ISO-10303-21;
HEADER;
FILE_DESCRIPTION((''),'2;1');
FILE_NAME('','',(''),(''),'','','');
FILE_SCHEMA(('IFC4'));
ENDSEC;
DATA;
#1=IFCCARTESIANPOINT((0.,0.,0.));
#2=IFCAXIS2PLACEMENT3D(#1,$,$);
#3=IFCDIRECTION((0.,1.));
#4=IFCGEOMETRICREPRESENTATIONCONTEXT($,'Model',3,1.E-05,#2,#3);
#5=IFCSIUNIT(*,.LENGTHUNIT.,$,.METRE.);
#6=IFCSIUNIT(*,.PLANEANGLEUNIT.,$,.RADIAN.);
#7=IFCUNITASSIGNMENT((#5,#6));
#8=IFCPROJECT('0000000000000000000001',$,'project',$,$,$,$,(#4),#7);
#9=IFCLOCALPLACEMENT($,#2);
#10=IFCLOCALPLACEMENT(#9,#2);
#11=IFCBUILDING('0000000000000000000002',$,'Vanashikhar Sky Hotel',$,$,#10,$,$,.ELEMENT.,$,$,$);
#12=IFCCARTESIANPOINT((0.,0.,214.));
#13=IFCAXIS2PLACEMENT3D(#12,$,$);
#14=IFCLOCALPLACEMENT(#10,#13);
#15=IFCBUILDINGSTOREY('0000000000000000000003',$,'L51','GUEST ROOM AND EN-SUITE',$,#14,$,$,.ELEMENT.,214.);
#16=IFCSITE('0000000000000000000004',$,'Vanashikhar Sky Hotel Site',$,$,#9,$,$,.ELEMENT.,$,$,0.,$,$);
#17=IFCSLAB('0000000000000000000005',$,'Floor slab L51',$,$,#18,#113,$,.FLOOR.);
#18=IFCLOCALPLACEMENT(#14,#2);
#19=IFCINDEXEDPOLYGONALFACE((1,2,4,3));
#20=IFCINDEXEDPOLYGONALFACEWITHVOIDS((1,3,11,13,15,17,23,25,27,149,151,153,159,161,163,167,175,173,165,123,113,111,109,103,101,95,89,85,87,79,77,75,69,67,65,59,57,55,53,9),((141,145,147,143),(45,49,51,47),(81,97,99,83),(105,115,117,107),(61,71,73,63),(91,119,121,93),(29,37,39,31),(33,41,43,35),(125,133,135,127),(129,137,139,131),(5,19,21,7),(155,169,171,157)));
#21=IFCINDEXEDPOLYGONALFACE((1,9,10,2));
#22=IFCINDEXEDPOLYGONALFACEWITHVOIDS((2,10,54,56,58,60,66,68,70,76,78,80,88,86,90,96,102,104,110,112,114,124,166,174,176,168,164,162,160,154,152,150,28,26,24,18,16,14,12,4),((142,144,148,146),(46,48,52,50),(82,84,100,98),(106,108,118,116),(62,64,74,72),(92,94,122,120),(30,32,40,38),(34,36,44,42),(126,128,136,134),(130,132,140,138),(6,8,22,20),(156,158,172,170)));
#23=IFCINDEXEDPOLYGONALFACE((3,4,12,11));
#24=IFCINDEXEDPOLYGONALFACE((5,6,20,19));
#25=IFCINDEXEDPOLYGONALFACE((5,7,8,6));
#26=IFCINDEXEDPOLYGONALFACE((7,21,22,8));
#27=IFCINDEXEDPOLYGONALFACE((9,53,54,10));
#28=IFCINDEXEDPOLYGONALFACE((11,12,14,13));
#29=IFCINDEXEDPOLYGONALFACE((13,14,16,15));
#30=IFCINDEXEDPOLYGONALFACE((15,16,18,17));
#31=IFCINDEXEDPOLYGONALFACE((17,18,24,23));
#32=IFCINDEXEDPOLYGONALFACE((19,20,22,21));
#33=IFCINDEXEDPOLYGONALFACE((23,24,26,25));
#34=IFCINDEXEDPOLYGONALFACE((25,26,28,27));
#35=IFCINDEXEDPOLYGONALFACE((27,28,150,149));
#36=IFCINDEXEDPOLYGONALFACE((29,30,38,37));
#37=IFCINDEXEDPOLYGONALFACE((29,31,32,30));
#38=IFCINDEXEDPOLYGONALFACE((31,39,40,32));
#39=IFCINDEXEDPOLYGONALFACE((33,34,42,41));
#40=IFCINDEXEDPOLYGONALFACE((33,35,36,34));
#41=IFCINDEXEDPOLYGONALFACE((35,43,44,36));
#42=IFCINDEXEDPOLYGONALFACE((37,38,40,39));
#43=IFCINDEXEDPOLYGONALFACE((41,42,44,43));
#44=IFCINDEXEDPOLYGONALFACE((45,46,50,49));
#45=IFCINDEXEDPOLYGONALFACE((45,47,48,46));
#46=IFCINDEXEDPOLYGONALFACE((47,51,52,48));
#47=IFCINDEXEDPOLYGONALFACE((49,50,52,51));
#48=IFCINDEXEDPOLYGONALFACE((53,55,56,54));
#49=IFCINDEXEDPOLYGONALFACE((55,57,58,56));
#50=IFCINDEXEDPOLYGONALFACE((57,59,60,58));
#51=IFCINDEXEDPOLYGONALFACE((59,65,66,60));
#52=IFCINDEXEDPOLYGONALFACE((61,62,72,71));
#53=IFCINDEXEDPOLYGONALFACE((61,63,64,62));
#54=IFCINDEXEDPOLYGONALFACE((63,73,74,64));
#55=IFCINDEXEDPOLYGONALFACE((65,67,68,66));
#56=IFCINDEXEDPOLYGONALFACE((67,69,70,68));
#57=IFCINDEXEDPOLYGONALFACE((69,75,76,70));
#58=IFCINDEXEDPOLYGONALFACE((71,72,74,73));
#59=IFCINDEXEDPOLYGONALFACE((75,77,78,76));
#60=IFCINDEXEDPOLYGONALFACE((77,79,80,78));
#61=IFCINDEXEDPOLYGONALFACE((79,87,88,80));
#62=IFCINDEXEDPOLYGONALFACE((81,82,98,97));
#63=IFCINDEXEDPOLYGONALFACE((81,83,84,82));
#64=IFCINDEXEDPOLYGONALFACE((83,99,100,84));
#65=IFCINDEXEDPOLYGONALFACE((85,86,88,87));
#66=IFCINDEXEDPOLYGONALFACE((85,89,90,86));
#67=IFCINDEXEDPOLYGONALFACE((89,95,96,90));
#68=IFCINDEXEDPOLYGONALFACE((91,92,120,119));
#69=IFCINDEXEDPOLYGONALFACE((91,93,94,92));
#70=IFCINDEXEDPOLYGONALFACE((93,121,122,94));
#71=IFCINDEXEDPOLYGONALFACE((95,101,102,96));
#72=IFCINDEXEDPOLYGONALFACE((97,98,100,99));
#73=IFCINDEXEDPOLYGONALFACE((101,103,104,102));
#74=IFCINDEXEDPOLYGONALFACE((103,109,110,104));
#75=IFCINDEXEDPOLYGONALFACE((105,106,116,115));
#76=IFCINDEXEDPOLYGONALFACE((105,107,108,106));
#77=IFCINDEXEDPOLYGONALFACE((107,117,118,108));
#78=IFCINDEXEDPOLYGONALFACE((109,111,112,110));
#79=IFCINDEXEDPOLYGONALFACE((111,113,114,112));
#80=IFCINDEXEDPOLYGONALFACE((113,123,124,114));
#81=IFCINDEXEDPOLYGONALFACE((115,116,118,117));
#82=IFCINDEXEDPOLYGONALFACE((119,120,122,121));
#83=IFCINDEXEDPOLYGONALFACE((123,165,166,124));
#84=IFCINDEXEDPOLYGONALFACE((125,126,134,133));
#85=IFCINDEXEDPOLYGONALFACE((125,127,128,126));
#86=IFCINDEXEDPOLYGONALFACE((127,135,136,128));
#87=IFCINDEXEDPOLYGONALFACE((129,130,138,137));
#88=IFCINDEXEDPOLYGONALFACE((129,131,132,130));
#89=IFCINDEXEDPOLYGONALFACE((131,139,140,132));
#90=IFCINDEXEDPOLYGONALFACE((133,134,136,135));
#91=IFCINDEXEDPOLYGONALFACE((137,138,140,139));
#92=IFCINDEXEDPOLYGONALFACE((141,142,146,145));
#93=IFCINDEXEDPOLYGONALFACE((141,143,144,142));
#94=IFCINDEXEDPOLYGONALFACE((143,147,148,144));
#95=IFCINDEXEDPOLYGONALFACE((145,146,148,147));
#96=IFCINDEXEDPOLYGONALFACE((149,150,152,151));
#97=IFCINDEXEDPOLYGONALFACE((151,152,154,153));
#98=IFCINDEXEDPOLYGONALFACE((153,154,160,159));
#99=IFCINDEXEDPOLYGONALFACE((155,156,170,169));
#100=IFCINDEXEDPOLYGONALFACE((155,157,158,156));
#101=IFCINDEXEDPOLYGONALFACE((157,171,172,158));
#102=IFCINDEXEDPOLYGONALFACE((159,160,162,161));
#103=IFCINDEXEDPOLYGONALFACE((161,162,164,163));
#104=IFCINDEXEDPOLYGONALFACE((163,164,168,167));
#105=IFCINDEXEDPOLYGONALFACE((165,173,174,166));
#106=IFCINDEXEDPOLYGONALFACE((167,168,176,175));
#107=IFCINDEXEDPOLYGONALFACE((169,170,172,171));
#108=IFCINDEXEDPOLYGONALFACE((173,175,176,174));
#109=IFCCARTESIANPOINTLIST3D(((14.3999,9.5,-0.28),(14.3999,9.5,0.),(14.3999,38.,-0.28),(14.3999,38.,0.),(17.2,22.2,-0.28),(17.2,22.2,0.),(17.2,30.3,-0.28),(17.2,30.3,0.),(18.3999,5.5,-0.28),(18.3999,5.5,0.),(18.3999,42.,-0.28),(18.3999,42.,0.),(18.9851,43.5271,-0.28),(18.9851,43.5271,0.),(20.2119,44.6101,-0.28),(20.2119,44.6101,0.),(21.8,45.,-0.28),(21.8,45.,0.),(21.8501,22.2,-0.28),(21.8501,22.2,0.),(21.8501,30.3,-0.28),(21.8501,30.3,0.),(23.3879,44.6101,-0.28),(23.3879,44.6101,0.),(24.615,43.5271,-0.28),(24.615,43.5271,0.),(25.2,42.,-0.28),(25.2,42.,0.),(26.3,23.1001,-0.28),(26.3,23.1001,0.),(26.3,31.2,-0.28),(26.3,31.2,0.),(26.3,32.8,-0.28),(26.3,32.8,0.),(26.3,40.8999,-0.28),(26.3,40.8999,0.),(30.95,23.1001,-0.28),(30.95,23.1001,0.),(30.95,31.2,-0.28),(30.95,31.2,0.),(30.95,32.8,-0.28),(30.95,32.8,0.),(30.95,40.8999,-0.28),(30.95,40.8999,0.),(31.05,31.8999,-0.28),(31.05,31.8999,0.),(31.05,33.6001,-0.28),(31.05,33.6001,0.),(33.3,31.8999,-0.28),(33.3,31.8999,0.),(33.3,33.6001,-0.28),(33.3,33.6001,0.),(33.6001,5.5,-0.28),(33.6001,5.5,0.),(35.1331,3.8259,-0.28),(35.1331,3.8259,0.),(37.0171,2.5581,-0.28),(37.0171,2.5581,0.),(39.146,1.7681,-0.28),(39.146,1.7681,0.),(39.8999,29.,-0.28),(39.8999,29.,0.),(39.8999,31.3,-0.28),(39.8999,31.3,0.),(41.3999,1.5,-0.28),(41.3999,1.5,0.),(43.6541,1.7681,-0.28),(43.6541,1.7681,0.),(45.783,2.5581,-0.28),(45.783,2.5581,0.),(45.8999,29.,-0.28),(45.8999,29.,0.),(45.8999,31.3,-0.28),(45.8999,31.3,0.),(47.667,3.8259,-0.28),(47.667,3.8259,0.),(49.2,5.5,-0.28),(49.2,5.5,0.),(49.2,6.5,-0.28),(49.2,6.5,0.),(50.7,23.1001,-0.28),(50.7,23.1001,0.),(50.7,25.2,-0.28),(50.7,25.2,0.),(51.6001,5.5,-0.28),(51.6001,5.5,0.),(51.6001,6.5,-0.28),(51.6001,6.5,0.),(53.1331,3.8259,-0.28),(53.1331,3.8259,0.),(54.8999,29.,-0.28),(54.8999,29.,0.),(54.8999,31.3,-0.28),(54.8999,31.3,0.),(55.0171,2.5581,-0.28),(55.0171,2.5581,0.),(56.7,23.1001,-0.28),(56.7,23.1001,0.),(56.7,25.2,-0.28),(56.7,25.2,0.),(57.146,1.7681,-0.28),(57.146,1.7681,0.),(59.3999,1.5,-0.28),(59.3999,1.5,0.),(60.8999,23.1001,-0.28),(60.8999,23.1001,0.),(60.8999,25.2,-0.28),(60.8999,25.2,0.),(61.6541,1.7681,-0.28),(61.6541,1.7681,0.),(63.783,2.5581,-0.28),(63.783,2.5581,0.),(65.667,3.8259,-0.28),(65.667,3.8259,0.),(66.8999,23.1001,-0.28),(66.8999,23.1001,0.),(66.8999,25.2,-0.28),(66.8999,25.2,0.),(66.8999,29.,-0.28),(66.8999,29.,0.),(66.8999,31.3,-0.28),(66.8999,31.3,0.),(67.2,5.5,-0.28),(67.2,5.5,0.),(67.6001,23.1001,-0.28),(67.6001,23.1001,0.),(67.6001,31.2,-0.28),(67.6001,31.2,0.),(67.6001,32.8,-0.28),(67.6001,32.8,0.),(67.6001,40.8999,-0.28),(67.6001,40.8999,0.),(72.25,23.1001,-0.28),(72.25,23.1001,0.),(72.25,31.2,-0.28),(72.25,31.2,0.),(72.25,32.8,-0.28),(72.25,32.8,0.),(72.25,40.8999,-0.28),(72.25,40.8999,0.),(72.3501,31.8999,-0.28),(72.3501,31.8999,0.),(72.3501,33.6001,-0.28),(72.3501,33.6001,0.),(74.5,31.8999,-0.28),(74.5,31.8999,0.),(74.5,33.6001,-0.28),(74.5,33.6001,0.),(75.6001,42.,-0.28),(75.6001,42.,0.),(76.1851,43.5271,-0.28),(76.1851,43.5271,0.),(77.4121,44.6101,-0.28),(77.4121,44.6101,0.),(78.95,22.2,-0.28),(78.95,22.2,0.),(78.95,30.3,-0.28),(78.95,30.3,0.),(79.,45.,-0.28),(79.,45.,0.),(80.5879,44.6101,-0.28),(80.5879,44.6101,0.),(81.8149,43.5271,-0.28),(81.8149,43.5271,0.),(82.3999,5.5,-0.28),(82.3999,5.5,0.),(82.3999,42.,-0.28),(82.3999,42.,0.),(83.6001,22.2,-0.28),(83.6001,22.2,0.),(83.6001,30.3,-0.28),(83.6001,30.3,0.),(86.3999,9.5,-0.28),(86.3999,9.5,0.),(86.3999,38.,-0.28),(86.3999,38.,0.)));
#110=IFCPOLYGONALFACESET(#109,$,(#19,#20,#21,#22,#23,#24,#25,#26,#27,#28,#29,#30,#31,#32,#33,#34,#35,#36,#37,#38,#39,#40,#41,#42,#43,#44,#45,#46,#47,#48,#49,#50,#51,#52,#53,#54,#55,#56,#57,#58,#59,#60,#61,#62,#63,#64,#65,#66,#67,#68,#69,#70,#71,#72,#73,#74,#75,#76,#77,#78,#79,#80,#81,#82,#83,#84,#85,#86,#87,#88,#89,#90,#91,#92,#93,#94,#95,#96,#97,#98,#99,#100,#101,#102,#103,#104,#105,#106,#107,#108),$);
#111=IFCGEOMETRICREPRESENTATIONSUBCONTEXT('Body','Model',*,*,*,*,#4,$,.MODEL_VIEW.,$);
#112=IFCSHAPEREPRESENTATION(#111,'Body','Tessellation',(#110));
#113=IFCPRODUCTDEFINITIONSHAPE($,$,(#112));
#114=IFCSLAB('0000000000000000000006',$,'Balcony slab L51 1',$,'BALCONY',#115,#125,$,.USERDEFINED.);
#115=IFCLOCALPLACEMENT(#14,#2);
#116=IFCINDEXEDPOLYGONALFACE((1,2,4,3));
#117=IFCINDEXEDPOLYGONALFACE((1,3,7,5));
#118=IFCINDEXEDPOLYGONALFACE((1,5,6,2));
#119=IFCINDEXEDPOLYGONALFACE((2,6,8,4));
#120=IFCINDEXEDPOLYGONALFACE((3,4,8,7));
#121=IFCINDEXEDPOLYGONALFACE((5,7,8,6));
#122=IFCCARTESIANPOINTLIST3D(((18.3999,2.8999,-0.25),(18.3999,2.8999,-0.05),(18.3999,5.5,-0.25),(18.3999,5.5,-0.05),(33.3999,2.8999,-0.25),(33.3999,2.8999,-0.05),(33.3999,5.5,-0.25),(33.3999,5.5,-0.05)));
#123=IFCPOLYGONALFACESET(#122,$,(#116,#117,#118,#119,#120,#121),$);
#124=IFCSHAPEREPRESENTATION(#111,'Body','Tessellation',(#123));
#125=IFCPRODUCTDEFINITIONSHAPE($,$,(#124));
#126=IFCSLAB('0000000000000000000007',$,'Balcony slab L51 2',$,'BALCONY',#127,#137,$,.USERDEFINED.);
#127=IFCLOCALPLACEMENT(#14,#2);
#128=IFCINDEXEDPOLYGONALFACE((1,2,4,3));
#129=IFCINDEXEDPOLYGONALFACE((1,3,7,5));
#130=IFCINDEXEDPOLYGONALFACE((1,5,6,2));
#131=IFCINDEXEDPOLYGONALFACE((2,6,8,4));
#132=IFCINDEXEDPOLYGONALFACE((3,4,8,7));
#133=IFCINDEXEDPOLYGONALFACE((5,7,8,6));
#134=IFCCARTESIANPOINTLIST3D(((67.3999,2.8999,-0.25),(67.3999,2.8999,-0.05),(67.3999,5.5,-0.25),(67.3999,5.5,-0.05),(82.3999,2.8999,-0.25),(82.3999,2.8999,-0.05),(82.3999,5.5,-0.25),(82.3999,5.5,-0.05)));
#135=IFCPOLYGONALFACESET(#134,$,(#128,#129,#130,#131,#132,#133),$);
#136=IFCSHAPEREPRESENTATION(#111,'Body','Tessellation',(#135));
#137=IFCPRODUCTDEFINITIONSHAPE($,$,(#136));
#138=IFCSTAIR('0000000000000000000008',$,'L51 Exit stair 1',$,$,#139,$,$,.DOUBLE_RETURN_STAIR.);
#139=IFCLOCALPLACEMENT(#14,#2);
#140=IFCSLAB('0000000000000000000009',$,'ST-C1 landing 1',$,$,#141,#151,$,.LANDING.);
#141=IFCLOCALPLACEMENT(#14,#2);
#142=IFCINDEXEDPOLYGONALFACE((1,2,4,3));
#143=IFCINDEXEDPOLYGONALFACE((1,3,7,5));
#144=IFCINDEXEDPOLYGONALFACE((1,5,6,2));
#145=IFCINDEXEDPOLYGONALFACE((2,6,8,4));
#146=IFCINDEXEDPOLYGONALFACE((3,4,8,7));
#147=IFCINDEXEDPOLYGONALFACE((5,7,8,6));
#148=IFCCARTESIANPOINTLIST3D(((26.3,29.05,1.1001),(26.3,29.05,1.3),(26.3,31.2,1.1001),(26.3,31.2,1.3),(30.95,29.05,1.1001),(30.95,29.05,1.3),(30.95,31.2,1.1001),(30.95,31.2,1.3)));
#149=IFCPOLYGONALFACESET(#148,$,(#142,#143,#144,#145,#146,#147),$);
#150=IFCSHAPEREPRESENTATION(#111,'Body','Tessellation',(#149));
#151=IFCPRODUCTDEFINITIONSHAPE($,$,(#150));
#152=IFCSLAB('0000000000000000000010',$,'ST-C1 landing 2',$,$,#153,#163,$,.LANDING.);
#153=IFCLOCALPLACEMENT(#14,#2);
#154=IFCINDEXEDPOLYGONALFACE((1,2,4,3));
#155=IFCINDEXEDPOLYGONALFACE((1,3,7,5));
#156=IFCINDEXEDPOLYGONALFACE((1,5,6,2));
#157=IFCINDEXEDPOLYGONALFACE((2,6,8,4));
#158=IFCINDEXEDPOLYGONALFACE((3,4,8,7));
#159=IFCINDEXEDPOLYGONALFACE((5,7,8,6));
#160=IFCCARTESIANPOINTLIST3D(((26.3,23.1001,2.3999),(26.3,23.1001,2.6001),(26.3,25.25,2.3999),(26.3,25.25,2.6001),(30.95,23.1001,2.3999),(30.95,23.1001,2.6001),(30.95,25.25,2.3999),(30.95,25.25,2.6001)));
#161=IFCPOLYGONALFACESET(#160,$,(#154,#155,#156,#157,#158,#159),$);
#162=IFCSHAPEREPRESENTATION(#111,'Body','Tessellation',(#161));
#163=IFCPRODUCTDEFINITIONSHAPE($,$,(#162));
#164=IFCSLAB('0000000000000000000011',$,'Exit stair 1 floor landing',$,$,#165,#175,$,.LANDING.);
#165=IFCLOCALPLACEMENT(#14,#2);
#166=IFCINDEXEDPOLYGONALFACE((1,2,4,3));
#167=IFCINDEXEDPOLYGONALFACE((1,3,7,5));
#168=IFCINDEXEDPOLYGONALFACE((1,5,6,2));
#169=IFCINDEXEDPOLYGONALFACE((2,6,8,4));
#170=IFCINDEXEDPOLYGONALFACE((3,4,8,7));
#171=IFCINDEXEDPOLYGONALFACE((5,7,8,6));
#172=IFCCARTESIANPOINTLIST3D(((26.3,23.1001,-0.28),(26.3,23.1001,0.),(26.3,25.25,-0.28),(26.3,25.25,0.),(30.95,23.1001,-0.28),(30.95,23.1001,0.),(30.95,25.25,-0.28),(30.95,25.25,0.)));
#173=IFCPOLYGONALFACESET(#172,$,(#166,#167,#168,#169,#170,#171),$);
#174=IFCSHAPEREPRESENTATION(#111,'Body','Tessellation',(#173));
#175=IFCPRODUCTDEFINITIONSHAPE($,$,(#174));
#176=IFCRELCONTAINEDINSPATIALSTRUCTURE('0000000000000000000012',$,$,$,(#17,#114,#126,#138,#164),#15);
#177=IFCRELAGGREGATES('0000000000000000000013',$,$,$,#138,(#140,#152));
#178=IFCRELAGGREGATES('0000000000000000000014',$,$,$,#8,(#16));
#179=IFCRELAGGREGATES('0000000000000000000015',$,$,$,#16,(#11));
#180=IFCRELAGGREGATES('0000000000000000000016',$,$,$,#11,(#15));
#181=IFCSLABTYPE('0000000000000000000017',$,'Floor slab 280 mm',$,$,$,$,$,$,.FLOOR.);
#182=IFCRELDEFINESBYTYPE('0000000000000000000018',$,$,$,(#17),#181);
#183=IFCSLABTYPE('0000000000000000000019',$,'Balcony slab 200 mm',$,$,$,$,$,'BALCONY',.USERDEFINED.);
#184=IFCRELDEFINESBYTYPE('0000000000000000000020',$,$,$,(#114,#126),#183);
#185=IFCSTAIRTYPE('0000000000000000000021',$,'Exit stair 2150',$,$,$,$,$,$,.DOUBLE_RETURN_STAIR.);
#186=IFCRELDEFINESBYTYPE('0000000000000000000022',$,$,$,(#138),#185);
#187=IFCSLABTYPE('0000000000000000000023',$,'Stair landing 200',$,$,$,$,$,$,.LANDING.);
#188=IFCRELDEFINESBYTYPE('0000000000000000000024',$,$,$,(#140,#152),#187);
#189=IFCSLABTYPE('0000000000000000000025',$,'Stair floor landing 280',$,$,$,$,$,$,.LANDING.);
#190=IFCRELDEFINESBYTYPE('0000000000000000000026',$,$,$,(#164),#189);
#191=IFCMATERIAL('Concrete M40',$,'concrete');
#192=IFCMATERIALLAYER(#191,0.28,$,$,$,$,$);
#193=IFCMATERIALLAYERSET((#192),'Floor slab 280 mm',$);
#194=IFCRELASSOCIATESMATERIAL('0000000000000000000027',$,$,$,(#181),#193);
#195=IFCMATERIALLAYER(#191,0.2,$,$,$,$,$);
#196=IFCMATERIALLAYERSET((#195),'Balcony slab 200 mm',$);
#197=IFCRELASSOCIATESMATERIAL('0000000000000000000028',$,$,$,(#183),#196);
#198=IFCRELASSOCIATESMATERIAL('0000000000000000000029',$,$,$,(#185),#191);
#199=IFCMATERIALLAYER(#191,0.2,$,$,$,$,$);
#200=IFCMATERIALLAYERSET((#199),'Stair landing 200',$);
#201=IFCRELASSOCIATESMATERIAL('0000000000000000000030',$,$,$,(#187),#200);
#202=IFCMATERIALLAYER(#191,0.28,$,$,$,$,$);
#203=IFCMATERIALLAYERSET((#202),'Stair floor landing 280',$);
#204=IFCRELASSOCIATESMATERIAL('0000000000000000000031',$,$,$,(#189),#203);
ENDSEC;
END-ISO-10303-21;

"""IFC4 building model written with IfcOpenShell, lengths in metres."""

from ifc_helpers import new_model, si_unit, direction, frame, origin, place, context, subcontext, project, spatial, polyline, outline, extrude, source, transform, mapped, material, layer, layer_set, type_object, element, aggregate, save


model = new_model("IFC4")

# Units and contexts
model_context = context("Model", 3, precision=1e-05, world=origin(), true_north=direction((0.0, 1.0)))
body_context = subcontext(model_context, "Body", "Model", "MODEL_VIEW")
ifc_project = project(units=[si_unit("LENGTHUNIT", "METRE"), si_unit("PLANEANGLEUNIT", "RADIAN")], contexts=[model_context])

# Site, building, storey
site_placement = place(None, origin())
site = spatial("IfcSite", under=ifc_project, at=site_placement, Name="Vanashikhar Sky Hotel Site", CompositionType="ELEMENT", RefElevation=0.0)
building_placement = place(site_placement, origin())
building = spatial("IfcBuilding", under=site, at=building_placement, Name="Vanashikhar Sky Hotel", CompositionType="ELEMENT")
storey_placement = place(building_placement, frame((0.0, 0.0, 214.0)))
storey = spatial("IfcBuildingStorey", under=building, at=storey_placement, Name="L51", Description="GUEST ROOM AND EN-SUITE", CompositionType="ELEMENT", Elevation=214.0)

# Slabs
ifc_material = material(Name="Concrete M40", Category="concrete")
ifc_layer_1 = layer(ifc_material, 0.28)
ifc_layer_set_1 = layer_set([ifc_layer_1], Name="Floor slab 280 mm")
slab_type_1 = type_object("IfcSlabType", Name="Floor slab 280 mm", PredefinedType="FLOOR", material=ifc_layer_set_1)
shared_shape_1 = source(origin(), body_context, "Body", "SweptSolid", [
    extrude(outline(polyline([(49.2, 5.5), (49.2, 6.5), (51.6001, 6.5), (51.6001, 5.5), (53.1331, 3.8259), (55.0171, 2.5581), (57.146, 1.7681), (59.3999, 1.5), (61.6541, 1.7681), (63.783, 2.5581), (65.667, 3.8259), (67.2, 5.5), (82.3999, 5.5), (86.3999, 9.5), (86.3999, 38.0), (82.3999, 42.0), (81.8149, 43.5271), (80.5879, 44.6101), (79.0, 45.0), (77.4121, 44.6101), (76.1851, 43.5271), (75.6001, 42.0), (25.2, 42.0), (24.615, 43.5271), (23.3879, 44.6101), (21.8, 45.0), (20.2119, 44.6101), (18.9851, 43.5271), (18.3999, 42.0), (14.3999, 38.0), (14.3999, 9.5), (18.3999, 5.5), (33.6001, 5.5), (35.1331, 3.8259), (37.0171, 2.5581), (39.146, 1.7681), (41.3999, 1.5), (43.6541, 1.7681), (45.783, 2.5581), (47.667, 3.8259), (49.2, 5.5)]), holes=[polyline([(33.3, 33.6001), (31.05, 33.6001), (31.05, 31.8999), (33.3, 31.8999), (33.3, 33.6001)]), polyline([(39.8999, 31.3), (39.8999, 29.0), (45.8999, 29.0), (45.8999, 31.3), (39.8999, 31.3)]), polyline([(50.7, 25.2), (50.7, 23.1001), (56.7, 23.1001), (56.7, 25.2), (50.7, 25.2)]), polyline([(66.8999, 29.0), (66.8999, 31.3), (54.8999, 31.3), (54.8999, 29.0), (66.8999, 29.0)]), polyline([(60.8999, 25.2), (60.8999, 23.1001), (66.8999, 23.1001), (66.8999, 25.2), (60.8999, 25.2)]), polyline([(74.5, 33.6001), (72.3501, 33.6001), (72.3501, 31.8999), (74.5, 31.8999), (74.5, 33.6001)]), polyline([(30.95, 23.1001), (30.95, 31.2), (26.3, 31.2), (26.3, 23.1001), (30.95, 23.1001)]), polyline([(72.25, 23.1001), (72.25, 31.2), (67.6001, 31.2), (67.6001, 23.1001), (72.25, 23.1001)]), polyline([(30.95, 32.8), (30.95, 40.8999), (26.3, 40.8999), (26.3, 32.8), (30.95, 32.8)]), polyline([(72.25, 32.8), (72.25, 40.8999), (67.6001, 40.8999), (67.6001, 32.8), (72.25, 32.8)]), polyline([(83.6001, 22.2), (83.6001, 30.3), (78.95, 30.3), (78.95, 22.2), (83.6001, 22.2)]), polyline([(21.8501, 22.2), (21.8501, 30.3), (17.2, 30.3), (17.2, 22.2), (21.8501, 22.2)])]), origin(), (0.0, 0.0, 1.0), 0.28),
])
slab_1_placement = place(storey_placement, frame((0.0, 0.0, -0.28)))
element("IfcSlab", 1, at=slab_1_placement, inside=storey, type_object=slab_type_1, Name="Floor slab L51", PredefinedType="FLOOR", context=body_context, shape_type="MappedRepresentation", body=[
    mapped(shared_shape_1, transform((0.0, 0.0, 0.0), scale=1.0)),
])
ifc_layer_2 = layer(ifc_material, 0.2)
ifc_layer_set_2 = layer_set([ifc_layer_2], Name="Balcony slab 200 mm")
slab_type_2 = type_object("IfcSlabType", Name="Balcony slab 200 mm", ElementType="BALCONY", PredefinedType="USERDEFINED", material=ifc_layer_set_2)
shared_shape_2 = source(origin(), body_context, "Body", "SweptSolid", [
    extrude(outline(polyline([(18.3999, 2.8999), (33.3999, 2.8999), (33.3999, 5.5), (18.3999, 5.5), (18.3999, 2.8999)])), origin(), (0.0, 0.0, 1.0), 0.2),
])
slab_2_placement = place(storey_placement, frame((0.0, 0.0, -0.25)))
element("IfcSlab", 2, at=slab_2_placement, inside=storey, type_object=slab_type_2, Name="Balcony slab L51 1", ObjectType="BALCONY", PredefinedType="USERDEFINED", context=body_context, shape_type="MappedRepresentation", body=[
    mapped(shared_shape_2, transform((0.0, 0.0, 0.0), scale=1.0)),
])
shared_shape_3 = source(origin(), body_context, "Body", "SweptSolid", [
    extrude(outline(polyline([(67.3999, 2.8999), (82.3999, 2.8999), (82.3999, 5.5), (67.3999, 5.5), (67.3999, 2.8999)])), origin(), (0.0, 0.0, 1.0), 0.2),
])
slab_3_placement = place(storey_placement, frame((0.0, 0.0, -0.25)))
element("IfcSlab", 3, at=slab_3_placement, inside=storey, type_object=slab_type_2, Name="Balcony slab L51 2", ObjectType="BALCONY", PredefinedType="USERDEFINED", context=body_context, shape_type="MappedRepresentation", body=[
    mapped(shared_shape_3, transform((0.0, 0.0, 0.0), scale=1.0)),
])

# Stair, slabs
stair_type = type_object("IfcStairType", Name="Exit stair 2150", PredefinedType="DOUBLE_RETURN_STAIR", material=ifc_material)
stair_1_placement = place(storey_placement, origin())
stair_1 = element("IfcStair", 4, at=stair_1_placement, inside=storey, type_object=stair_type, Name="L51 Exit stair 1", PredefinedType="DOUBLE_RETURN_STAIR")
ifc_layer_3 = layer(ifc_material, 0.2)
ifc_layer_set_3 = layer_set([ifc_layer_3], Name="Stair landing 200")
slab_type_3 = type_object("IfcSlabType", Name="Stair landing 200", PredefinedType="LANDING", material=ifc_layer_set_3)
shared_shape_4 = source(origin(), body_context, "Body", "SweptSolid", [
    extrude(outline(polyline([(30.95, 29.05), (30.95, 31.2), (26.3, 31.2), (26.3, 29.05), (30.95, 29.05)])), origin(), (0.0, 0.0, 1.0), 0.2),
])
slab_4_placement = place(storey_placement, frame((0.0, 0.0, 1.1001)))
slab_4 = element("IfcSlab", 5, at=slab_4_placement, type_object=slab_type_3, Name="ST-C1 landing 1", PredefinedType="LANDING", context=body_context, shape_type="MappedRepresentation", body=[
    mapped(shared_shape_4, transform((0.0, 0.0, 0.0), scale=1.0)),
])
shared_shape_5 = source(origin(), body_context, "Body", "SweptSolid", [
    extrude(outline(polyline([(30.95, 23.1001), (30.95, 25.25), (26.3, 25.25), (26.3, 23.1001), (30.95, 23.1001)])), origin(), (0.0, 0.0, 1.0), 0.2002),
])
slab_5_placement = place(storey_placement, frame((0.0, 0.0, 2.3999)))
slab_5 = element("IfcSlab", 6, at=slab_5_placement, type_object=slab_type_3, Name="ST-C1 landing 2", PredefinedType="LANDING", context=body_context, shape_type="MappedRepresentation", body=[
    mapped(shared_shape_5, transform((0.0, 0.0, 0.0), scale=1.0)),
])
aggregate(stair_1, [slab_4, slab_5])

# Slab
ifc_layer_4 = layer(ifc_material, 0.28)
ifc_layer_set_4 = layer_set([ifc_layer_4], Name="Stair floor landing 280")
slab_type_4 = type_object("IfcSlabType", Name="Stair floor landing 280", PredefinedType="LANDING", material=ifc_layer_set_4)
shared_shape_6 = source(origin(), body_context, "Body", "SweptSolid", [
    extrude(outline(polyline([(30.95, 23.1001), (30.95, 25.25), (26.3, 25.25), (26.3, 23.1001), (30.95, 23.1001)])), origin(), (0.0, 0.0, 1.0), 0.28),
])
slab_6_placement = place(storey_placement, frame((0.0, 0.0, -0.28)))
element("IfcSlab", 7, at=slab_6_placement, inside=storey, type_object=slab_type_4, Name="Exit stair 1 floor landing", PredefinedType="LANDING", context=body_context, shape_type="MappedRepresentation", body=[
    mapped(shared_shape_6, transform((0.0, 0.0, 0.0), scale=1.0)),
])

save(model, "model.ifc")
